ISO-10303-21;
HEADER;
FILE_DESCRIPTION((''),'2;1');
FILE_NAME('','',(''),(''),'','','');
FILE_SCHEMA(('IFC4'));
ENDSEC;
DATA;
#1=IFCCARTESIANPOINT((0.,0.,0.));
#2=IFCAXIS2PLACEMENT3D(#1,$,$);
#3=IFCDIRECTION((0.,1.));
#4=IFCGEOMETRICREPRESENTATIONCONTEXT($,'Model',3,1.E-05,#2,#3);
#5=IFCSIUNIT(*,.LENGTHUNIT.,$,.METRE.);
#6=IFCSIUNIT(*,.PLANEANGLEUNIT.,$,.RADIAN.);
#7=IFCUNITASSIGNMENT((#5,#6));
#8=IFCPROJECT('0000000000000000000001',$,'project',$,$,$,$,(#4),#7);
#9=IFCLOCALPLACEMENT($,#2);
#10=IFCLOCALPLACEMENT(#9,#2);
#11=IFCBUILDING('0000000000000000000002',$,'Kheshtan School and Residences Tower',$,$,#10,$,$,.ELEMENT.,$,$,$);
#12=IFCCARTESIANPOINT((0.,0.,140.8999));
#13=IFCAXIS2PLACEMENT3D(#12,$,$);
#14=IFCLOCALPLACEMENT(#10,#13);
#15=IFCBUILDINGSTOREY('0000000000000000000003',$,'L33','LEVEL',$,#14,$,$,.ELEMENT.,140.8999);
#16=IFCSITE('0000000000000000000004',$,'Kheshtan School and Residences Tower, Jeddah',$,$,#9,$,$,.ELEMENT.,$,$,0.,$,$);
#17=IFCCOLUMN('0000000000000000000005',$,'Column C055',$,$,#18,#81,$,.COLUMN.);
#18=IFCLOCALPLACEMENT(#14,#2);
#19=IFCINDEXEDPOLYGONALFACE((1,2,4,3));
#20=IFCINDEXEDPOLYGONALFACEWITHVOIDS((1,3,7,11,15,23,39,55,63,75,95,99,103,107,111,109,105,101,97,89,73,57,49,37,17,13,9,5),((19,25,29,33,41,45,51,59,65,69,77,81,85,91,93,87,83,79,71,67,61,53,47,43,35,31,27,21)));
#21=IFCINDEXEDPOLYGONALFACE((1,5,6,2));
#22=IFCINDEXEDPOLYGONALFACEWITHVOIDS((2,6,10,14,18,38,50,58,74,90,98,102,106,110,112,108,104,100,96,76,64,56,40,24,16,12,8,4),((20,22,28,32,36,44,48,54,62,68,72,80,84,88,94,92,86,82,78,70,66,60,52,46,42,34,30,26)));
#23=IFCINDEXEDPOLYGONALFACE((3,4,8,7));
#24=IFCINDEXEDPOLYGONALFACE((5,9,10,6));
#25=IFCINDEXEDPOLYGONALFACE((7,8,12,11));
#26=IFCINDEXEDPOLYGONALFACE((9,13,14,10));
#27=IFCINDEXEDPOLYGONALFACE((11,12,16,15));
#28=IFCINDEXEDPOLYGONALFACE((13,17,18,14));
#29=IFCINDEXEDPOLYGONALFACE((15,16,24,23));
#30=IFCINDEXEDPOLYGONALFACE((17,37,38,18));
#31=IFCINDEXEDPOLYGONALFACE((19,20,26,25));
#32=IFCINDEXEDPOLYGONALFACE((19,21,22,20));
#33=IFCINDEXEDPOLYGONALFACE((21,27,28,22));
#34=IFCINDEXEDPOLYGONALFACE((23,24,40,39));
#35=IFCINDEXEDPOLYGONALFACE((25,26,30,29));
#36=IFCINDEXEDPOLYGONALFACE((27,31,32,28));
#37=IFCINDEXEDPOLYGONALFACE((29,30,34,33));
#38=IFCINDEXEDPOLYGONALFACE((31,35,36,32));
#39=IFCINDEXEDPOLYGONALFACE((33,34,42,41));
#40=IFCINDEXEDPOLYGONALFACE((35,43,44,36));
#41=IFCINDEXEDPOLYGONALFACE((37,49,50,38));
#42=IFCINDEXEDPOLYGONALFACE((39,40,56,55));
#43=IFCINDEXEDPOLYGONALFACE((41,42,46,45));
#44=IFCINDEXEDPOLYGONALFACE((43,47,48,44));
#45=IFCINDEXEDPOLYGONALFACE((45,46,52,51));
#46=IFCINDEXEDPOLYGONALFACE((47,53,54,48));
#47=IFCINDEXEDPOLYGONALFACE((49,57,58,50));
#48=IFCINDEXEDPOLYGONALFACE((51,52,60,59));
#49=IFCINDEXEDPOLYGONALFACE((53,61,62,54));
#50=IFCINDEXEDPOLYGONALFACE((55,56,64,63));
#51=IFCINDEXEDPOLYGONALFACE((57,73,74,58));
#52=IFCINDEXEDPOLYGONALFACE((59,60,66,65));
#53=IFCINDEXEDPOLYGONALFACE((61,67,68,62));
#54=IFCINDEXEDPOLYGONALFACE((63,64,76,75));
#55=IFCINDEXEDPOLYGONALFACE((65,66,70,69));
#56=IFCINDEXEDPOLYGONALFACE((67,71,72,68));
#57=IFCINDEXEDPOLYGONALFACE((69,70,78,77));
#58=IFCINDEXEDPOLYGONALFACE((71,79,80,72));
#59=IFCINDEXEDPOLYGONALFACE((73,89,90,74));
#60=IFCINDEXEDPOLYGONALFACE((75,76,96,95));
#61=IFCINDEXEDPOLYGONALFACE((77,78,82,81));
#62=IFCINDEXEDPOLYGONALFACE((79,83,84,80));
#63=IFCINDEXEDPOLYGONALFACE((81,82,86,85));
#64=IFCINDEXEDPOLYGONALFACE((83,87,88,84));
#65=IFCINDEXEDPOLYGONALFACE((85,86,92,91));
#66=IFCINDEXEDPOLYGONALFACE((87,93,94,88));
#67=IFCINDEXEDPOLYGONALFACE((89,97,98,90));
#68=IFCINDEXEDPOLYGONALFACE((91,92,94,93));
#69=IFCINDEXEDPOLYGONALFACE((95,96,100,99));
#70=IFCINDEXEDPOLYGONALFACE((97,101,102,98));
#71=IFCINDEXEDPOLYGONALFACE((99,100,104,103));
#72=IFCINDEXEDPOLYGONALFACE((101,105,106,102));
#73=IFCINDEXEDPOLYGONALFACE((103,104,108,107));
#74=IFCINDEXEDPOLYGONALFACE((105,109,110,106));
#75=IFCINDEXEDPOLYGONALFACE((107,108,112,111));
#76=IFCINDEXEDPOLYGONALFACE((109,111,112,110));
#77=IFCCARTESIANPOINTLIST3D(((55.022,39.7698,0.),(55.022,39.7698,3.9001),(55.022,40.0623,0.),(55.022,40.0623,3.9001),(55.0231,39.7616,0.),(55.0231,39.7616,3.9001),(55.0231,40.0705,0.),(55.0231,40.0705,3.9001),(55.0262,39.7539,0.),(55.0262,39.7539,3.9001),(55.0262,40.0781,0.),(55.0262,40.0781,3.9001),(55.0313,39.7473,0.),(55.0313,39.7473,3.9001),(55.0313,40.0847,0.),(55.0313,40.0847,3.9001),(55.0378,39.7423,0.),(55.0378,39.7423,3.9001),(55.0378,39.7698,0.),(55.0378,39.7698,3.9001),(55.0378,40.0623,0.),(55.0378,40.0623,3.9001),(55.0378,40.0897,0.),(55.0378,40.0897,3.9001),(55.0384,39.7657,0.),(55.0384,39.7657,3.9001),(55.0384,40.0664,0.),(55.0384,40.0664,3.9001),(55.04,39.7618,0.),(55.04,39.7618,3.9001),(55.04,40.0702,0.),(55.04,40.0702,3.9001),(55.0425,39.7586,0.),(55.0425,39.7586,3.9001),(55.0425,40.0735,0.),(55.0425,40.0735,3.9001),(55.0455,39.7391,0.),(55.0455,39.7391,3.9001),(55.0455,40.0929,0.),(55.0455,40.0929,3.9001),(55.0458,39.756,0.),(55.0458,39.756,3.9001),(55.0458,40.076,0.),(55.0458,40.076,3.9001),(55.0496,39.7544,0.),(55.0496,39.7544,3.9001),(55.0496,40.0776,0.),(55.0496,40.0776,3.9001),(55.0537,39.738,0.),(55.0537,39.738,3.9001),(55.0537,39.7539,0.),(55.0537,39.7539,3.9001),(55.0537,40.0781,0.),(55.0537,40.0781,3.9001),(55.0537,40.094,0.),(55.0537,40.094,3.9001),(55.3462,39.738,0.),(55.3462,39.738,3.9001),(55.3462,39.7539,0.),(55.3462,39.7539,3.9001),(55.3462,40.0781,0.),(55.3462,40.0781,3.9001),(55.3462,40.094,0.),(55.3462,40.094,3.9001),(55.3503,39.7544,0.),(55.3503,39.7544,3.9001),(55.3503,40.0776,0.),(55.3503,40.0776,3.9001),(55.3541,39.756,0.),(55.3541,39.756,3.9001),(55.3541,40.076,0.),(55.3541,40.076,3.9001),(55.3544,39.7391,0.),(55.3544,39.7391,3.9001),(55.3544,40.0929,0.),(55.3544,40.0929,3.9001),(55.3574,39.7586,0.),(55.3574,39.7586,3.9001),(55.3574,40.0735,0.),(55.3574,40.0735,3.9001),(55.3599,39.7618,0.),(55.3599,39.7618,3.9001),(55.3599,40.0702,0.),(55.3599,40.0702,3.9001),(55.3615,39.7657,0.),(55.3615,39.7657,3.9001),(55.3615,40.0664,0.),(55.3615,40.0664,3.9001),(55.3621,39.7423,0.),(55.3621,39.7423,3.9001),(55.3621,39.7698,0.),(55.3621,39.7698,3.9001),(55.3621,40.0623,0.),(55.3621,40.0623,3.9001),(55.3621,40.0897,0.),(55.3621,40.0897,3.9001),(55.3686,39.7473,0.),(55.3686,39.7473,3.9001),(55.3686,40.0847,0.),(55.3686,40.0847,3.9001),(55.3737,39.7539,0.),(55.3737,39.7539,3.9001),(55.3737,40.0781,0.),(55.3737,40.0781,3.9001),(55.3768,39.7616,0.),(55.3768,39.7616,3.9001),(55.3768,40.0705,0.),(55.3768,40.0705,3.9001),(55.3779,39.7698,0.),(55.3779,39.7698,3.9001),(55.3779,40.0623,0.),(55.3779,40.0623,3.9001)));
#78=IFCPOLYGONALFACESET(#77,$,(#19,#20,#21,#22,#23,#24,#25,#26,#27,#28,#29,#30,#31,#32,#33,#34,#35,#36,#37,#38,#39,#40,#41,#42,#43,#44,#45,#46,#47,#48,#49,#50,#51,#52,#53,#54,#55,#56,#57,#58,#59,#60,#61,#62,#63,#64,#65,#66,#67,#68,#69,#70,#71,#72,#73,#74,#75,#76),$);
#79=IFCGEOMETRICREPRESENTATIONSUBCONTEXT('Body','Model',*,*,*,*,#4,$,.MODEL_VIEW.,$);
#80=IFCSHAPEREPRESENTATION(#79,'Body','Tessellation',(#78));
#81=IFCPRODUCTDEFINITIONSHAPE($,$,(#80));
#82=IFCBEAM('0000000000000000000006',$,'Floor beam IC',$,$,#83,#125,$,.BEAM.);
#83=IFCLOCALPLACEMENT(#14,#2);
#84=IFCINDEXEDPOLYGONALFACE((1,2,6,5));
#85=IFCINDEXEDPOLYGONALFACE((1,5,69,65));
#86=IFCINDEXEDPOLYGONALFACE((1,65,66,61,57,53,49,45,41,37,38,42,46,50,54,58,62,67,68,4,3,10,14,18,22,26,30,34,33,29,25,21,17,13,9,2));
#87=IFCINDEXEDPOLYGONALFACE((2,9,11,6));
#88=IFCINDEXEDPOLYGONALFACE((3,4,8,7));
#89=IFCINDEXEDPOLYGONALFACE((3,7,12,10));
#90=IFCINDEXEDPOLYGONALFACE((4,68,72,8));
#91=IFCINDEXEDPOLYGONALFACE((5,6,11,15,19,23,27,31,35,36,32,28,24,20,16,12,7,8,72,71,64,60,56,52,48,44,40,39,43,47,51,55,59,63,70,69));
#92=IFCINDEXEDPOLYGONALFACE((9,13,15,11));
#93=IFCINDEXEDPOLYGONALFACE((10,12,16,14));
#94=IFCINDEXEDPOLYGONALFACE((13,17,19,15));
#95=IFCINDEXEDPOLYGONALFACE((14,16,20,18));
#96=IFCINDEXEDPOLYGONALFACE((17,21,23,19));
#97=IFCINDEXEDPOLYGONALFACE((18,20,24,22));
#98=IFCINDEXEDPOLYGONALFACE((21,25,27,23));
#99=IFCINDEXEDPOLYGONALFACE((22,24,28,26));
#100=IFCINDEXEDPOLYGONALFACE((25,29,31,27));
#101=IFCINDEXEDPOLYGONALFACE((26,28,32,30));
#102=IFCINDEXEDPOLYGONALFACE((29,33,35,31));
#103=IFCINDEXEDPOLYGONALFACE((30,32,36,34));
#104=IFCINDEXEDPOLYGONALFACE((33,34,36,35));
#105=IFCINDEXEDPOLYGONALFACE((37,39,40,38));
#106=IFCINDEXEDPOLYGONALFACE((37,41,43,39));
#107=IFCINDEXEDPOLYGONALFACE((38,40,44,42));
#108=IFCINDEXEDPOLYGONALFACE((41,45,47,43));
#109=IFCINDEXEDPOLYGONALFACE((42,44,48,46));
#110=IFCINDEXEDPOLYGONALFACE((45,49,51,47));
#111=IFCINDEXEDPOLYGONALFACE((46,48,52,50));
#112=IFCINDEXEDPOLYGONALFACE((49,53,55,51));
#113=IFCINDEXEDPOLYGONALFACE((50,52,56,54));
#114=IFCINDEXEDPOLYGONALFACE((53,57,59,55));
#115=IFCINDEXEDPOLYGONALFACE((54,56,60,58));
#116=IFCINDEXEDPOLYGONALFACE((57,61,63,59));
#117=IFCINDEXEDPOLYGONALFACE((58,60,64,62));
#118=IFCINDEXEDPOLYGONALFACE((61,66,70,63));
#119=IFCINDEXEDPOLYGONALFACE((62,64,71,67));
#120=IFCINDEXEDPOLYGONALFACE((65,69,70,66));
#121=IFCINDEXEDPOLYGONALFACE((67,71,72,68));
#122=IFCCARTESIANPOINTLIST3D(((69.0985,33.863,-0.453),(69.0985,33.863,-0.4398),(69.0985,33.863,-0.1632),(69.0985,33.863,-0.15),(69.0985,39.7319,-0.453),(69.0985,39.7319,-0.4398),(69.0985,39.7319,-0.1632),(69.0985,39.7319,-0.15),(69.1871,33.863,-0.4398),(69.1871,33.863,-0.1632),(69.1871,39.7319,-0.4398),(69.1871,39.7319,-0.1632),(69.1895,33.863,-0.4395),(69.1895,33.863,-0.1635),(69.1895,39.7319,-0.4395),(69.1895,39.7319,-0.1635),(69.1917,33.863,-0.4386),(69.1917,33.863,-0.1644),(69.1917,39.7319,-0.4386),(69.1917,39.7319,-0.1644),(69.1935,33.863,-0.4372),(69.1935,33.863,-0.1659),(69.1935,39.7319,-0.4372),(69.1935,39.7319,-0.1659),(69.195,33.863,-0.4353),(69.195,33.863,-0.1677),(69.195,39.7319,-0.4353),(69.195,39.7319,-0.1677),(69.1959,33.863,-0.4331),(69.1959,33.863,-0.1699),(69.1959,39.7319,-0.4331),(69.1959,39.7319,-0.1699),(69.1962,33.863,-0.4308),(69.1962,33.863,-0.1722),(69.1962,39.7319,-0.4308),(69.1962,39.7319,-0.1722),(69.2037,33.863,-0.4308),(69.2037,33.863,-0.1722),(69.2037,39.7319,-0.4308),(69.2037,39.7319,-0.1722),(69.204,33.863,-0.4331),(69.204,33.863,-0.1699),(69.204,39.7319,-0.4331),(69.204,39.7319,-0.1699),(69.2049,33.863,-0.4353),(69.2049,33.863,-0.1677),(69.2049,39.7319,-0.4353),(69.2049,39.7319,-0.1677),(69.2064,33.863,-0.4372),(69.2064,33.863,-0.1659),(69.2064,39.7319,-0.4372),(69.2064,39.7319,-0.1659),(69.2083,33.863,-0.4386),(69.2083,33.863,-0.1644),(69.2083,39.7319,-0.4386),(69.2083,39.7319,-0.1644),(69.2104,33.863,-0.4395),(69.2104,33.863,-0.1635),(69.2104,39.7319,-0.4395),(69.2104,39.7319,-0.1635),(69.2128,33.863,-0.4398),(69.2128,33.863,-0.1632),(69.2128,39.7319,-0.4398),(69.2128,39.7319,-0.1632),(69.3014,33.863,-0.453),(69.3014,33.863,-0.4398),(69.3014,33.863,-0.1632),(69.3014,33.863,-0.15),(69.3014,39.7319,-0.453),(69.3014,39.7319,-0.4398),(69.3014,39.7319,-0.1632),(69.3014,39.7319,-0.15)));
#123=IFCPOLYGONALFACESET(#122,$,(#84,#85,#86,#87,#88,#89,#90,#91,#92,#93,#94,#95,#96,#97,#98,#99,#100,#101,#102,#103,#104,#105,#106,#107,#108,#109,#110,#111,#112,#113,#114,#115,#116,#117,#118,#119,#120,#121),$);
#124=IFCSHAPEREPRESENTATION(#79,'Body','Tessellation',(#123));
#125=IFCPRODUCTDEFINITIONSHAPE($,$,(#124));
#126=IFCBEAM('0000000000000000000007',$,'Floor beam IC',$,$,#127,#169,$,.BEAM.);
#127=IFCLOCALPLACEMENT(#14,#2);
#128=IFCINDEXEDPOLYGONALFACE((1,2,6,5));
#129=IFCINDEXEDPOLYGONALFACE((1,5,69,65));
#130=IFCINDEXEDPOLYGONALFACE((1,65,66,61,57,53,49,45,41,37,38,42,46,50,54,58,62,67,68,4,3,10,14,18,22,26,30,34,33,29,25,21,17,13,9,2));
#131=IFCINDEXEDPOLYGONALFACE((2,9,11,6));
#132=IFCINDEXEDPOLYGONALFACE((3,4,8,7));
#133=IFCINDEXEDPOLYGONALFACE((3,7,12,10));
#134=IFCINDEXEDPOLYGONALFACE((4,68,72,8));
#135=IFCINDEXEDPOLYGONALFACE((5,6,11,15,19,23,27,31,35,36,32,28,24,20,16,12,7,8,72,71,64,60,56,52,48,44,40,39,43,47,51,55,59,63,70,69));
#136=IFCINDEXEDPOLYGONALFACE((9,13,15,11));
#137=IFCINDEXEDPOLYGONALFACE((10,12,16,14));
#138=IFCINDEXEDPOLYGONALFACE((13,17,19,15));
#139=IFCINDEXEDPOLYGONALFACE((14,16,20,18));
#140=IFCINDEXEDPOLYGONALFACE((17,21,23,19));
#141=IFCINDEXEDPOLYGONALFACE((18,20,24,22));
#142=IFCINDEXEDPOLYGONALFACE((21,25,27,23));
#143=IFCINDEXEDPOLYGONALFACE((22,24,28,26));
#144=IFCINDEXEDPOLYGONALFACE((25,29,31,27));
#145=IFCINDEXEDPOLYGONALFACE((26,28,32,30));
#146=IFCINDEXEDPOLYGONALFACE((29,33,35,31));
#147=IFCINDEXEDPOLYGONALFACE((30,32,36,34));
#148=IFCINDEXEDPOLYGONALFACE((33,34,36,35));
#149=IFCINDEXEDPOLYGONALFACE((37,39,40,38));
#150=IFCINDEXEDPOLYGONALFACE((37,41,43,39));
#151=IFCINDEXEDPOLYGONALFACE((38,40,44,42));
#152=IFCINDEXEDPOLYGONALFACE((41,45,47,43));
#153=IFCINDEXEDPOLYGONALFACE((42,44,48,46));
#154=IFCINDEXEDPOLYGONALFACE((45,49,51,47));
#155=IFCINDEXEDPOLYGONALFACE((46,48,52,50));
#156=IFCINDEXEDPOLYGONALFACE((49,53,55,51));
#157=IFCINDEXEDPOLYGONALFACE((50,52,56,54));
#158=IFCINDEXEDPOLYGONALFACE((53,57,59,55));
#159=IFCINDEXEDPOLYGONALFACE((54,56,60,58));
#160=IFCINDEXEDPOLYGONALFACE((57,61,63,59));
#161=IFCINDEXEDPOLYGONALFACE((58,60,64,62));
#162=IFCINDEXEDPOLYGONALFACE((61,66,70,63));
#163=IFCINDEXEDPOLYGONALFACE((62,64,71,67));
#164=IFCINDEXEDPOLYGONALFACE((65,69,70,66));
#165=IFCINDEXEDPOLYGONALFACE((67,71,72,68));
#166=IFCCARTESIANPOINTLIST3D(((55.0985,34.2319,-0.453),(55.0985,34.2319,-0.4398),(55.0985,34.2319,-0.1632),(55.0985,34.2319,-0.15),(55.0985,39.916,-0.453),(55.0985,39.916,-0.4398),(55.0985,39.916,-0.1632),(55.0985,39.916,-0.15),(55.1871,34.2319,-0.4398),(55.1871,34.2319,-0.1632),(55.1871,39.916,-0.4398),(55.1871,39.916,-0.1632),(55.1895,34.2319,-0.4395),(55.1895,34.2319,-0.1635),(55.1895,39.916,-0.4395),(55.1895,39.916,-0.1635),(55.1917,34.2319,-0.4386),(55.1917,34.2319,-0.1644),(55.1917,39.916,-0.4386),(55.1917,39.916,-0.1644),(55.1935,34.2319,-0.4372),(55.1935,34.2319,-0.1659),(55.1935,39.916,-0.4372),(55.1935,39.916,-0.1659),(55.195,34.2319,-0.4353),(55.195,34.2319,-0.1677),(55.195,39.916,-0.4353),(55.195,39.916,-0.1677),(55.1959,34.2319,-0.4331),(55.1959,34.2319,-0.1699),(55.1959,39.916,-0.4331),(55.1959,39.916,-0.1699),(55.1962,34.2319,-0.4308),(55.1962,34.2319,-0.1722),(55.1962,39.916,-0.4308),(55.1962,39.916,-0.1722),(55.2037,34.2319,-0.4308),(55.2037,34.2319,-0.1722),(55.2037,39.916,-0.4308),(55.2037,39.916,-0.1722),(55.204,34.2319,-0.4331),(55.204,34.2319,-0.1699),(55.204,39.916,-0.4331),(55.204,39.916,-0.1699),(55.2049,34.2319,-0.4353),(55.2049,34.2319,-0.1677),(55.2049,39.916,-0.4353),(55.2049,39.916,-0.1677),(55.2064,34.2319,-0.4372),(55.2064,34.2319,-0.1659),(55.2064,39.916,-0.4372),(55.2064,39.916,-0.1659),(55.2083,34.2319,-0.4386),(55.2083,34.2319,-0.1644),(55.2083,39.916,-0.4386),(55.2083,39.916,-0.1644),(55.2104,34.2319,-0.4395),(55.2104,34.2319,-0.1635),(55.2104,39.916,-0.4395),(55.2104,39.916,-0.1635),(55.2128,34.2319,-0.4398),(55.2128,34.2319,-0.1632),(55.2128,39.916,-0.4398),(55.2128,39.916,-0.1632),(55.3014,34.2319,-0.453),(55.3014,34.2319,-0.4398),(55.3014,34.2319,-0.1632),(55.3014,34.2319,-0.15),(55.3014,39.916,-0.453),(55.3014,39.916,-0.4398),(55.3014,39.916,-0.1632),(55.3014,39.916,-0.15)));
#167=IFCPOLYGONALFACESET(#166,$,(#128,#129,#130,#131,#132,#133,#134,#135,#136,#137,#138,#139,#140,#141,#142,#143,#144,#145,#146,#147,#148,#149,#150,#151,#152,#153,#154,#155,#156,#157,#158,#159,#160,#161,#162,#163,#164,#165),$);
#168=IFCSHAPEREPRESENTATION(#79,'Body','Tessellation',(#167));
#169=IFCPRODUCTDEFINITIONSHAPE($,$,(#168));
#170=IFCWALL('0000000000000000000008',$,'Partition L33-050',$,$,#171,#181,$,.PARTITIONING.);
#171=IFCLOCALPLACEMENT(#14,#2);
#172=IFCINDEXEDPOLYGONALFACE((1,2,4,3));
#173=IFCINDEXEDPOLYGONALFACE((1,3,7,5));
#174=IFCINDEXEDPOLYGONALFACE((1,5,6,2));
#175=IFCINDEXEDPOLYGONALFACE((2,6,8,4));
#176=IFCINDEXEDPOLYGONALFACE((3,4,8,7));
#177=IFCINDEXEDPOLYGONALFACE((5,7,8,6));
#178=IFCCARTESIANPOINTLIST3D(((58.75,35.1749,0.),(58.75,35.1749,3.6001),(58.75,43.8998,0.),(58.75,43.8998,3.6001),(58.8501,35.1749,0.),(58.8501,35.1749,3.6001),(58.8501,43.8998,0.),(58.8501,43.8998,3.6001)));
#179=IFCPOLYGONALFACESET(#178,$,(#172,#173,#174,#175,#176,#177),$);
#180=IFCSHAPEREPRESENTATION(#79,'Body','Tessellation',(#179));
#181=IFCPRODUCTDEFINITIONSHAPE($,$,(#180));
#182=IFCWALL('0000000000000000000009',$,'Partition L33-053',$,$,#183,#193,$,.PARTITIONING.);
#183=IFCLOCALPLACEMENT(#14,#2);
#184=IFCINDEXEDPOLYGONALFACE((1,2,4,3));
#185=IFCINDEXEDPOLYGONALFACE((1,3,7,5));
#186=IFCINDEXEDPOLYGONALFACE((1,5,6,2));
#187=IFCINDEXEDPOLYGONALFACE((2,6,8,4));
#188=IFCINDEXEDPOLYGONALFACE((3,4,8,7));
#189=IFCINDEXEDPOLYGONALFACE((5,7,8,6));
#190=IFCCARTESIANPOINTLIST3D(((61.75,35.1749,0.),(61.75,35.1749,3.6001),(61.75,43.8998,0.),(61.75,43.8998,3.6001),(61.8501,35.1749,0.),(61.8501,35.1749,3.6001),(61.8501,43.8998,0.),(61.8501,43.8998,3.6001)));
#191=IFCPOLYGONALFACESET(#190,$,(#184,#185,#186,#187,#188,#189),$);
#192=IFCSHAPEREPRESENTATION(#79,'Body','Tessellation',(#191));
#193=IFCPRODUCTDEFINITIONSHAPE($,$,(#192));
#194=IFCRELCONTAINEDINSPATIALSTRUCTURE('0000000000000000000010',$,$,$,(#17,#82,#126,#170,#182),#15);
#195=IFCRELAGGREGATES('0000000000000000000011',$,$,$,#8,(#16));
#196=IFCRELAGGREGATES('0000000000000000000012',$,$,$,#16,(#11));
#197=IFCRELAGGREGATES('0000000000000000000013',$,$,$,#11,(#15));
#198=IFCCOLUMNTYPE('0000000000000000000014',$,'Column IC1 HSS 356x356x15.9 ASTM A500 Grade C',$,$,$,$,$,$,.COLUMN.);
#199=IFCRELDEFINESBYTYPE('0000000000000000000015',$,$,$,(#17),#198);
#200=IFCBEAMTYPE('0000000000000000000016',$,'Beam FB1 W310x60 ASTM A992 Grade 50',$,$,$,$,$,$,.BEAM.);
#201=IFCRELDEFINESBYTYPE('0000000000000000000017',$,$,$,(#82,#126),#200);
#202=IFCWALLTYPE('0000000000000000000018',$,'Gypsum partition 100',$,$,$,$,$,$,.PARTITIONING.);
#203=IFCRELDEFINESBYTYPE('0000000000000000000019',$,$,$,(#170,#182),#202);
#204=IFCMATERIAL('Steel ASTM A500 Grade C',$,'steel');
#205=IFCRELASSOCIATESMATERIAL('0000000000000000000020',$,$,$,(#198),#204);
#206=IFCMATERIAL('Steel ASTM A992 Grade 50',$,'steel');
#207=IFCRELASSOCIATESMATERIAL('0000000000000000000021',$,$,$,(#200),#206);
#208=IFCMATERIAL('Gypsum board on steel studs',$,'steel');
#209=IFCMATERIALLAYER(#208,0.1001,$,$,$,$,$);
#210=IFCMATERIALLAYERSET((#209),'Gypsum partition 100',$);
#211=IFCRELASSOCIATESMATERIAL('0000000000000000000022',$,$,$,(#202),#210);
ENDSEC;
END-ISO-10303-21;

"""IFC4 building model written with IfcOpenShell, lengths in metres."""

from ifc_helpers import new_model, si_unit, direction, frame, frame_2d, origin, origin_2d, place, context, subcontext, project, spatial, rectangle, hollow_rectangle, i_section, extrude, material, layer, layer_set, material_profile, profile_set, type_object, element, save


model = new_model("IFC4")

# Units and contexts
model_context = context("Model", 3, precision=1e-05, world=origin(), true_north=direction((0.0, 1.0)))
body_context = subcontext(model_context, "Body", "Model", "MODEL_VIEW")
ifc_project = project(units=[si_unit("LENGTHUNIT", "METRE"), si_unit("PLANEANGLEUNIT", "RADIAN")], contexts=[model_context])

# Site, building, storey
site_placement = place(None, origin())
site = spatial("IfcSite", under=ifc_project, at=site_placement, Name="Kheshtan School and Residences Tower, Jeddah", CompositionType="ELEMENT", RefElevation=0.0)
building_placement = place(site_placement, origin())
building = spatial("IfcBuilding", under=site, at=building_placement, Name="Kheshtan School and Residences Tower", CompositionType="ELEMENT")
storey_placement = place(building_placement, frame((0.0, 0.0, 140.8999)))
storey = spatial("IfcBuildingStorey", under=building, at=storey_placement, Name="L33", Description="LEVEL", CompositionType="ELEMENT", Elevation=140.8999)

# Column
ifc_material_1 = material(Name="Steel ASTM A500 Grade C", Category="steel")
ifc_material_profile_1 = material_profile(ifc_material_1, hollow_rectangle(XDim=0.356, YDim=0.356, WallThickness=0.0159, InnerFilletRadius=0.0159, OuterFilletRadius=0.0317, at=origin_2d()), Name="HSS 356x356x15.9")
ifc_profile_set_1 = profile_set([ifc_material_profile_1], Name="Steel ASTM A500 Grade C")
column_type = type_object("IfcColumnType", Name="Column IC1 HSS 356x356x15.9 ASTM A500 Grade C", PredefinedType="COLUMN", material=ifc_profile_set_1)
for number, where, z_axis, x_axis, name in (
    (1, (55.2, 39.916, 0.0), (0.0, 0.0, 1.0), (1.0, 0.0, 0.0), "Column C055"),
):
    element("IfcColumn", number, at=place(storey_placement, frame(where, z_axis=z_axis, x_axis=x_axis)), inside=storey, type_object=column_type, Name=name, PredefinedType="COLUMN", context=body_context, shape_type="SweptSolid", body=[
        extrude(hollow_rectangle(XDim=0.356, YDim=0.356, WallThickness=0.0159, InnerFilletRadius=0.0159, OuterFilletRadius=0.0317, at=origin_2d()), origin(), (0.0, 0.0, 1.0), 3.9001),
    ])

# Beams
ifc_material_2 = material(Name="Steel ASTM A992 Grade 50", Category="steel")
ifc_material_profile_2 = material_profile(ifc_material_2, i_section(OverallWidth=0.2029, OverallDepth=0.303, WebThickness=0.0076, FlangeThickness=0.0132, FilletRadius=0.009, at=origin_2d()), Name="W310x60")
ifc_profile_set_2 = profile_set([ifc_material_profile_2], Name="Steel ASTM A992 Grade 50")
beam_type = type_object("IfcBeamType", Name="Beam FB1 W310x60 ASTM A992 Grade 50", PredefinedType="BEAM", material=ifc_profile_set_2)
beam_1_placement = place(storey_placement, frame((69.2, 33.863, -0.3015), z_axis=(0.0, 1.0, 0.0), x_axis=(-1.0, 0.0, 0.0)))
element("IfcBeam", 2, at=beam_1_placement, inside=storey, type_object=beam_type, Name="Floor beam IC", PredefinedType="BEAM", context=body_context, shape_type="SweptSolid", body=[
    extrude(i_section(OverallWidth=0.2029, OverallDepth=0.303, WebThickness=0.0076, FlangeThickness=0.0132, FilletRadius=0.009, at=origin_2d()), origin(), (0.0, 0.0, 1.0), 5.8689),
])
beam_2_placement = place(storey_placement, frame((55.2, 34.2319, -0.3015), z_axis=(0.0, 1.0, 0.0), x_axis=(-1.0, 0.0, 0.0)))
element("IfcBeam", 3, at=beam_2_placement, inside=storey, type_object=beam_type, Name="Floor beam IC", PredefinedType="BEAM", context=body_context, shape_type="SweptSolid", body=[
    extrude(i_section(OverallWidth=0.2029, OverallDepth=0.303, WebThickness=0.0076, FlangeThickness=0.0132, FilletRadius=0.009, at=origin_2d()), origin(), (0.0, 0.0, 1.0), 5.6841),
])

# Walls
ifc_material_3 = material(Name="Gypsum board on steel studs", Category="steel")
ifc_layer_1 = layer(ifc_material_3, 0.1001)
ifc_layer_set_1 = layer_set([ifc_layer_1], Name="Gypsum partition 100")
wall_type_1 = type_object("IfcWallType", Name="Gypsum partition 100", PredefinedType="PARTITIONING", material=ifc_layer_set_1)
for number, where, z_axis, x_axis, name in (
    (4, (58.8, 35.175, 0.0), (0.0, 0.0, 1.0), (0.0, 1.0, 0.0), "Partition L33-050"),
    (5, (61.8, 35.175, 0.0), (0.0, 0.0, 1.0), (0.0, 1.0, 0.0), "Partition L33-053"),
):
    element("IfcWall", number, at=place(storey_placement, frame(where, z_axis=z_axis, x_axis=x_axis)), inside=storey, type_object=wall_type_1, Name=name, PredefinedType="PARTITIONING", context=body_context, shape_type="SweptSolid", body=[
        extrude(rectangle(XDim=8.7249, YDim=0.1001, at=frame_2d((4.3623, 0.0))), origin(), (0.0, 0.0, 1.0), 3.6001),
    ])

save(model, "model.ifc")
